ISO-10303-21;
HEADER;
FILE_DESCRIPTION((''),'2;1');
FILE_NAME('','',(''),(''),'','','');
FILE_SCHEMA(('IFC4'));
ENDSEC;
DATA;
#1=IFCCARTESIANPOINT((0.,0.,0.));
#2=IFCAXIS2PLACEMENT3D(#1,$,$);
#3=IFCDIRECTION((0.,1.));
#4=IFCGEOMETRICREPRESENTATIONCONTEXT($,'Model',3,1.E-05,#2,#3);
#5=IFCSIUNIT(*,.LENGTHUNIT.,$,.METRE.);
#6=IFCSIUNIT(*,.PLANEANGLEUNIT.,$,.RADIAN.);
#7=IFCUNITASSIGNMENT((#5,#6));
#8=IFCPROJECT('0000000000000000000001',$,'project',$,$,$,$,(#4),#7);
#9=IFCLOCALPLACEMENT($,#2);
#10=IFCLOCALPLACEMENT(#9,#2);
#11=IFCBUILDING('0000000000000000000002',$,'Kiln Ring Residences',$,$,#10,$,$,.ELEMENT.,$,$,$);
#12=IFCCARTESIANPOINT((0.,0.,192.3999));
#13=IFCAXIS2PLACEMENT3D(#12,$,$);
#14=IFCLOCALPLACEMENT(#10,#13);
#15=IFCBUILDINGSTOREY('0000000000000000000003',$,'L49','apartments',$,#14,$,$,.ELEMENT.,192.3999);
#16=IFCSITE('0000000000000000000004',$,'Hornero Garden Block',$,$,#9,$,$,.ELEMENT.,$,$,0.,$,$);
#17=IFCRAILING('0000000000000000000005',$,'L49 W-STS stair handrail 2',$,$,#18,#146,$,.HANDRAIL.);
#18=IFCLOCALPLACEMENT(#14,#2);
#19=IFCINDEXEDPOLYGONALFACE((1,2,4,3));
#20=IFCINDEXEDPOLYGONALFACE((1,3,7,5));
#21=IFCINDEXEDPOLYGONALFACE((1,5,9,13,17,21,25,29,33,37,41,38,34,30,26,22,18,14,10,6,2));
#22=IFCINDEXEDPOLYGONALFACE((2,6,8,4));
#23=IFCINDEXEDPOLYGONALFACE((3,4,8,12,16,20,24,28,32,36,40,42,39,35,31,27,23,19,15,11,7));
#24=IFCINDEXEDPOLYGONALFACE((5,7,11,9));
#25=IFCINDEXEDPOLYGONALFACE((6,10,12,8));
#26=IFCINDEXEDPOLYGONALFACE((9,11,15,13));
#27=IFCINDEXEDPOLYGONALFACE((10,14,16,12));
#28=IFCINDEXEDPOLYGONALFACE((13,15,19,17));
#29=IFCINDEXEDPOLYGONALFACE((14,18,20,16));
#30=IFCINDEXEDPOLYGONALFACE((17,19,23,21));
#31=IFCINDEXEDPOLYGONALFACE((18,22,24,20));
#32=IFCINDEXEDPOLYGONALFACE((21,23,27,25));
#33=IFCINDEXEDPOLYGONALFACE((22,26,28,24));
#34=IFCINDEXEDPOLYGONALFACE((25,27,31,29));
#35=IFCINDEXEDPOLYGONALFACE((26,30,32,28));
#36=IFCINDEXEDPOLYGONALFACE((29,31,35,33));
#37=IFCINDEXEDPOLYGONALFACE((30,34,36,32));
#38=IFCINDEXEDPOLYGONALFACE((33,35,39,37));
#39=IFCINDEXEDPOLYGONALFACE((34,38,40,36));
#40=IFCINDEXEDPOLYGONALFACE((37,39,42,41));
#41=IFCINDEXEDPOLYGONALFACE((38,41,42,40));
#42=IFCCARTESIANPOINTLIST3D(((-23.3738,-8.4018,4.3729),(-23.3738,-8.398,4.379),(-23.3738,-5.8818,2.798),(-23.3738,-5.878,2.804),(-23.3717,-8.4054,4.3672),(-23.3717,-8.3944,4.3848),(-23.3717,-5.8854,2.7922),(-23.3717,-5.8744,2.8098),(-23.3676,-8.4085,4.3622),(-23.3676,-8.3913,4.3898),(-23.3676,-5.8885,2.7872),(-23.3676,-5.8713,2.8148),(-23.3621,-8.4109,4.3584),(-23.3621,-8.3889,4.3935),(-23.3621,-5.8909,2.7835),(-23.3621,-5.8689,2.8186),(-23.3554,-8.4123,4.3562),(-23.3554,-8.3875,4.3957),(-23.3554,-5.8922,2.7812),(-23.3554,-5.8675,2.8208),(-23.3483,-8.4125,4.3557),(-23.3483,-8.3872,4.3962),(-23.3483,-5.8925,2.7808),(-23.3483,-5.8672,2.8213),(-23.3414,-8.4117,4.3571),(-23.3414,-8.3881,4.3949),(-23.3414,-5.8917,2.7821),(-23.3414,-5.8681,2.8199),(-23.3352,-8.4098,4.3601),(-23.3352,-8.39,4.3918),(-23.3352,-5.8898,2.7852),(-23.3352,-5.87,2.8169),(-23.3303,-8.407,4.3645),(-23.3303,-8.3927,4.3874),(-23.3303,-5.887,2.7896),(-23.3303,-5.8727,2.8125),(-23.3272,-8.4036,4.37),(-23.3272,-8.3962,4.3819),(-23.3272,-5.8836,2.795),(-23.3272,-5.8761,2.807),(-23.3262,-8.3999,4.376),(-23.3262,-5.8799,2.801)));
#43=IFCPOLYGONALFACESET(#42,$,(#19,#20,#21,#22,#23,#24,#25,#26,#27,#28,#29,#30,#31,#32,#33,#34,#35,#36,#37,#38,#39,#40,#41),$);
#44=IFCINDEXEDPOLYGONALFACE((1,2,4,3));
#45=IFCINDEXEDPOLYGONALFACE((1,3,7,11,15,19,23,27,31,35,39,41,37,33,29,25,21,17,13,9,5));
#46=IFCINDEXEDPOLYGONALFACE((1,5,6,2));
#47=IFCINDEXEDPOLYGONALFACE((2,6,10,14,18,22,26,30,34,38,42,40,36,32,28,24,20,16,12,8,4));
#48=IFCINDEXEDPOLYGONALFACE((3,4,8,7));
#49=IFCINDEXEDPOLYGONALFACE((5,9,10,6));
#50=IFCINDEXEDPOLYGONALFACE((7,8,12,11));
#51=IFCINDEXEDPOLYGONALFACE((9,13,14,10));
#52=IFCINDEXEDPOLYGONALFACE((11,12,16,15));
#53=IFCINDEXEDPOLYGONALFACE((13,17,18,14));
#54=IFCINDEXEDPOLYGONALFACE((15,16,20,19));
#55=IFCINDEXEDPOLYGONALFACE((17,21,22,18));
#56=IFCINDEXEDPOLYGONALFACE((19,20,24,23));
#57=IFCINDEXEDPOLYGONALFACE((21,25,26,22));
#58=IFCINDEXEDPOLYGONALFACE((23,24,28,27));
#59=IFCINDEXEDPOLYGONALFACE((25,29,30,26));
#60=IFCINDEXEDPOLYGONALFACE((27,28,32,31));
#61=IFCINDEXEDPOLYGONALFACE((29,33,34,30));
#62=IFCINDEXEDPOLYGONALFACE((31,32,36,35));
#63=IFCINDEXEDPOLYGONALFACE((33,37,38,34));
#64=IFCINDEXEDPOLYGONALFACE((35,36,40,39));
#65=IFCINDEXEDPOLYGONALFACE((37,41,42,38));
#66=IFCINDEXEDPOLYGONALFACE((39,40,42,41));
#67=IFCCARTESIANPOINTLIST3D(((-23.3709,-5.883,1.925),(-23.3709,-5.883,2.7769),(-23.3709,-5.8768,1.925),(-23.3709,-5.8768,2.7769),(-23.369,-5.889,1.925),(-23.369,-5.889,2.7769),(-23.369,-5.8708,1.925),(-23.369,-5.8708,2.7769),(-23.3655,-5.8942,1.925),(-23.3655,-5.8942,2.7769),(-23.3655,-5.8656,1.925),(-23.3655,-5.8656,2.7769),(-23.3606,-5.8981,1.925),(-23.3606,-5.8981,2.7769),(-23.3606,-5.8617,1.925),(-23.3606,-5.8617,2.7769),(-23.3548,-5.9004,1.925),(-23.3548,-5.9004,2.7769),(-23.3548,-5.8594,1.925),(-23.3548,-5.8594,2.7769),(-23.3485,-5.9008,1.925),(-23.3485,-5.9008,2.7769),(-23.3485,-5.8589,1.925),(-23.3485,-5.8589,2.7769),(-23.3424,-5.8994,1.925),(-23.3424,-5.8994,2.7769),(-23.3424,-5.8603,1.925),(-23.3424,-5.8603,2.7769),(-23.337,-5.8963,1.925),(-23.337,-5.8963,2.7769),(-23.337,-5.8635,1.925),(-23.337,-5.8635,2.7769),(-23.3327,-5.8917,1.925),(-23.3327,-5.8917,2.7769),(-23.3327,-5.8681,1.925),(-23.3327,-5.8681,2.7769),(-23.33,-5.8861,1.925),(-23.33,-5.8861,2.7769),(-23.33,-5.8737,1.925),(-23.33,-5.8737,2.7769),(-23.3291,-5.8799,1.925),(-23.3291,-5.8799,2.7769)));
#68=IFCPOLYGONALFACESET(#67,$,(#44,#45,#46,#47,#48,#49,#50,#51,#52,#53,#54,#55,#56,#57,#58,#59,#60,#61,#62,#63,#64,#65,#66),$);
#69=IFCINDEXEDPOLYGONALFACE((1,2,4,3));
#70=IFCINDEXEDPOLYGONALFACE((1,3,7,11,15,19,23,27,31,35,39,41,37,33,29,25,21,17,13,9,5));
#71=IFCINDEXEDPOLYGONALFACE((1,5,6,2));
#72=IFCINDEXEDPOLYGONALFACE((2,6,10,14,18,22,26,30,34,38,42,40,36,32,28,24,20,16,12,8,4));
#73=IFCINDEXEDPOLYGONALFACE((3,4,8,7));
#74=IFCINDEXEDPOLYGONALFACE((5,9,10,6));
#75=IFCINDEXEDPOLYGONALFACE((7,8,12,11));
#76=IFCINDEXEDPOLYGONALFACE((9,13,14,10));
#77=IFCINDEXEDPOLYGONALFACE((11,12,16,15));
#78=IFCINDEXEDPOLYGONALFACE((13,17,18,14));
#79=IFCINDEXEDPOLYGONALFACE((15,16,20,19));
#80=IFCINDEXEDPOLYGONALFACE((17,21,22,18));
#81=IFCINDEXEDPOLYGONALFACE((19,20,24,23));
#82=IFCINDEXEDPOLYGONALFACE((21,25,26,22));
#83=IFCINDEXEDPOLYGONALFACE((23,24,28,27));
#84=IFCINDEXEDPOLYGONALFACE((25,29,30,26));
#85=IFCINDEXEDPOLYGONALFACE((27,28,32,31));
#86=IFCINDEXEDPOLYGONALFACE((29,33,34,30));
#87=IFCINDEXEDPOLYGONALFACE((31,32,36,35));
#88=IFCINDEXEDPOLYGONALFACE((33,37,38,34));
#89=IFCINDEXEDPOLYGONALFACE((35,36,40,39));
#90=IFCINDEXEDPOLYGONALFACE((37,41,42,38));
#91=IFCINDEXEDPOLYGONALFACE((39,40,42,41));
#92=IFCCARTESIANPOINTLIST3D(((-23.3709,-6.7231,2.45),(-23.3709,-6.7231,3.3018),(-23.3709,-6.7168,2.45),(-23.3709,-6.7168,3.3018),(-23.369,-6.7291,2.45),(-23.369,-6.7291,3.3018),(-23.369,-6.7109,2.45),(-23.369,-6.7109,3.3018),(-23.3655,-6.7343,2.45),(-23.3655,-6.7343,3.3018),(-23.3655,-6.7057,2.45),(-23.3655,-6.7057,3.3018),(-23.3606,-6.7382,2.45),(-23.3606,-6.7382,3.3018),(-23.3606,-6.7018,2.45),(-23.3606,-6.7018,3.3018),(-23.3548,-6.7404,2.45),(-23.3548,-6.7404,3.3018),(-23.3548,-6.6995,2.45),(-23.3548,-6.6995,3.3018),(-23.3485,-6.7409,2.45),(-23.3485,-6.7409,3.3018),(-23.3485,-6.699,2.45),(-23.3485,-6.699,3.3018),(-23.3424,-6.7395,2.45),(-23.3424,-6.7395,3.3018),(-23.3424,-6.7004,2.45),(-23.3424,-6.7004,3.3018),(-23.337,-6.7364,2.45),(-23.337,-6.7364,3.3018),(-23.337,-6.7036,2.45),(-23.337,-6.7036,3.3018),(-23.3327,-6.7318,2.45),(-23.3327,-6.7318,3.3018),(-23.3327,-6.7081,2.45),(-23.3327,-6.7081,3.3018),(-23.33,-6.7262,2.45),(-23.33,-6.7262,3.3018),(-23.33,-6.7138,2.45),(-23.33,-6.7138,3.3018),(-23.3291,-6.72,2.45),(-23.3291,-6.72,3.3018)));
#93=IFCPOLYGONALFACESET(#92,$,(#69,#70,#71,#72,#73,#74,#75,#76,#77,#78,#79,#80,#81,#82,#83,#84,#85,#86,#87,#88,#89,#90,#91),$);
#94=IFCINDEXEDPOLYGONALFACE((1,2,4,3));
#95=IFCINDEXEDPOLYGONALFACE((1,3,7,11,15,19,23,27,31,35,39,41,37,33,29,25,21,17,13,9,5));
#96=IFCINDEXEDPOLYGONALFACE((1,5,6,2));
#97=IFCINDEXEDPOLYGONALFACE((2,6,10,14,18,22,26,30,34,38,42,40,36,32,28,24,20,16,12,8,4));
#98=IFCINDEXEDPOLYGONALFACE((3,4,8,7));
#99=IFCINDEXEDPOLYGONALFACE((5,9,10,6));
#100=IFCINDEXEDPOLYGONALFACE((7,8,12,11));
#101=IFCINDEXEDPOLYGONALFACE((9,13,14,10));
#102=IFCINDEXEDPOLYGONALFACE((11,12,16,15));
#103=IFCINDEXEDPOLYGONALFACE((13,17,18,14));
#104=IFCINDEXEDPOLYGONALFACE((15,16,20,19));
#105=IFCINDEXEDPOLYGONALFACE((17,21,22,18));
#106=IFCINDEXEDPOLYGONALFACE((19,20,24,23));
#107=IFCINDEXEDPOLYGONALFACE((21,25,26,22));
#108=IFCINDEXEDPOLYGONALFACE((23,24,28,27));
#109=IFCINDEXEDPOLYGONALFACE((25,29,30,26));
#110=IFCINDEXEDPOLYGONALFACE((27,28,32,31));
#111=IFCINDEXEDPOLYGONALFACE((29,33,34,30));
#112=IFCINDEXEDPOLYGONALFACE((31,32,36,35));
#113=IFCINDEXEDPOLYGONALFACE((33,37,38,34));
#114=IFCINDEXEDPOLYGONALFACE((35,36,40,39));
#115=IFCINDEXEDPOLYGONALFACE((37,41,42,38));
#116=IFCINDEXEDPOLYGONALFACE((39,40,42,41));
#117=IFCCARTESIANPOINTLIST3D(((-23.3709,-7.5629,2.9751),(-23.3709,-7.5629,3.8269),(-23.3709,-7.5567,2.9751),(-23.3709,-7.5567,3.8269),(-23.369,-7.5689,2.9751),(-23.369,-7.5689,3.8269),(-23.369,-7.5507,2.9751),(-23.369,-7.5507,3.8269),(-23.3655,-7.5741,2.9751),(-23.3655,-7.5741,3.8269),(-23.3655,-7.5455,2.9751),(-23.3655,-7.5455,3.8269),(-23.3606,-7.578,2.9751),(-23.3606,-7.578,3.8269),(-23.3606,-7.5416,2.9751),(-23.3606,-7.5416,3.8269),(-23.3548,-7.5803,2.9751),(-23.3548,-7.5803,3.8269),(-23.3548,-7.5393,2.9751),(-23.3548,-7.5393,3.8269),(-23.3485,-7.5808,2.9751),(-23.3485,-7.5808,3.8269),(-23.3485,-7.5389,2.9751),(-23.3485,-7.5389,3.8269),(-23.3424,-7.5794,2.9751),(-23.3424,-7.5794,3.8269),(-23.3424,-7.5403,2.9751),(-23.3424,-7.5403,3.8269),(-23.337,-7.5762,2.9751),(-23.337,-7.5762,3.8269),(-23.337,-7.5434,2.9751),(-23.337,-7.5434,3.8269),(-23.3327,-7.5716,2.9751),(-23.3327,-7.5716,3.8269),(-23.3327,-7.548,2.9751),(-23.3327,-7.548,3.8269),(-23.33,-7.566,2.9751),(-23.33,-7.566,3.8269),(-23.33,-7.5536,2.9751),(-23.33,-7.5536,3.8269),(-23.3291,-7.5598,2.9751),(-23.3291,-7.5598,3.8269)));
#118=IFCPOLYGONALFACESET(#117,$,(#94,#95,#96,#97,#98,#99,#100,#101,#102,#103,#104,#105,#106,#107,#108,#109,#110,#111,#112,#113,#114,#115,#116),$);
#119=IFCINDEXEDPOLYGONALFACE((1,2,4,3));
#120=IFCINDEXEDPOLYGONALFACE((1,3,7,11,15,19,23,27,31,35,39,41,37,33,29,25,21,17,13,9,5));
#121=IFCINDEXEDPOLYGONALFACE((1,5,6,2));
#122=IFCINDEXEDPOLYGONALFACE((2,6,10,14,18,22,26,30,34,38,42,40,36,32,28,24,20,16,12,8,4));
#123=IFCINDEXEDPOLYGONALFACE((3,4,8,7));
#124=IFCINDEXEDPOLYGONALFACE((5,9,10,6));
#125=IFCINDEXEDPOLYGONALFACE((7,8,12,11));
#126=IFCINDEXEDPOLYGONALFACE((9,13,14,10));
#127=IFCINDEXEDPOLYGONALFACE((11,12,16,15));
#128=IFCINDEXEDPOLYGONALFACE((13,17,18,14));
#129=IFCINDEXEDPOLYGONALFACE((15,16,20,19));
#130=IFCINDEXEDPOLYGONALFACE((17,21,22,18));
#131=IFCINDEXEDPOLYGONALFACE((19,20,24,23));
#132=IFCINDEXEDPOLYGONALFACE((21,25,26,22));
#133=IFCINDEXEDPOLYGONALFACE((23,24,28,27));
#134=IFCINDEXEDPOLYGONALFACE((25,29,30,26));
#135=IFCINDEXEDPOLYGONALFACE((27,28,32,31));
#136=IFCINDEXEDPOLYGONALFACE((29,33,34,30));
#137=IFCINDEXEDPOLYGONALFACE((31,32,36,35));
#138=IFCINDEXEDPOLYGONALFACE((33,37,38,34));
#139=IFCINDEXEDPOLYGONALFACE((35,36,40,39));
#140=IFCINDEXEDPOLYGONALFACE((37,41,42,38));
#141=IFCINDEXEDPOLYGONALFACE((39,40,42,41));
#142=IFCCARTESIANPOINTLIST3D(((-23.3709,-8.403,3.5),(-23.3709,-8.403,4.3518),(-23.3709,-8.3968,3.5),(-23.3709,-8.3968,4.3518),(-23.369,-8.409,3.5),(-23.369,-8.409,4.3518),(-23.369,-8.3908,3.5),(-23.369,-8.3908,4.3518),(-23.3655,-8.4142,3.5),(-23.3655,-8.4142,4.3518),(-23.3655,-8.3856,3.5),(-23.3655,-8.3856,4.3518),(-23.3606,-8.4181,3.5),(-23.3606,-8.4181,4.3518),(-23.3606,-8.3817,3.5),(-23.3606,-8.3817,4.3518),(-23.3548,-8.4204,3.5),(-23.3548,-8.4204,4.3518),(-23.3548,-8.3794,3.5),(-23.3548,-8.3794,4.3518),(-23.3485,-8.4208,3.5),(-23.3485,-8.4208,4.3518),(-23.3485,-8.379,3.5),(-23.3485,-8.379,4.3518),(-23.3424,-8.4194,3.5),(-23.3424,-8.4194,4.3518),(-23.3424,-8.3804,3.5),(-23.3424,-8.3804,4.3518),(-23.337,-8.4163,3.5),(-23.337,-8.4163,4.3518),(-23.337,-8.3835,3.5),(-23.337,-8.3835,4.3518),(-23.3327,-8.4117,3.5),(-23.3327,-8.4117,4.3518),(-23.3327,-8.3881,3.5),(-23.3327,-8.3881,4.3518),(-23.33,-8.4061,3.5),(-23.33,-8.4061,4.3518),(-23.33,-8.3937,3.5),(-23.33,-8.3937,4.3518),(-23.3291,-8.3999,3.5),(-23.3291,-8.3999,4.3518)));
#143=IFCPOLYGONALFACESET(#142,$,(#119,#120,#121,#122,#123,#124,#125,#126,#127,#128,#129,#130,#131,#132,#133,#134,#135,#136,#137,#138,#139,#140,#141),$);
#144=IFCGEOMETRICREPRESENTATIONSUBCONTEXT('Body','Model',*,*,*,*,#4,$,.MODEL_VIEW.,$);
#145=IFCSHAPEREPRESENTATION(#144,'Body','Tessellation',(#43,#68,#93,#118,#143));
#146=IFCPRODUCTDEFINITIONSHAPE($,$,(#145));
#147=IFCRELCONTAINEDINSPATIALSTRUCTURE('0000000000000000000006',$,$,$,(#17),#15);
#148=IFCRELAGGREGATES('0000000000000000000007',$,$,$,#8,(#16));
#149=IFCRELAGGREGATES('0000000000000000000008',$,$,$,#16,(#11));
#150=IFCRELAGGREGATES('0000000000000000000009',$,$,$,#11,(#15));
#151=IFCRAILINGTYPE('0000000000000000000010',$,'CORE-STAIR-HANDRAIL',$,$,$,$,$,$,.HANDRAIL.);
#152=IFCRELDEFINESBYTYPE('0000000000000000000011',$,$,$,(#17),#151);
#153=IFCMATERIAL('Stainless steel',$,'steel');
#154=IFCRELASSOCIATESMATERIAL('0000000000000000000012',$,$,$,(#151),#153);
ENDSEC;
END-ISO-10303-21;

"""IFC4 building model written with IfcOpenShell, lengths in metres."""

from ifc_helpers import new_model, si_unit, direction, frame, origin, origin_2d, place, context, subcontext, project, spatial, circle, extrude, material, type_object, element, save


model = new_model("IFC4")

# Units and contexts
model_context = context("Model", 3, precision=1e-05, world=origin(), true_north=direction((0.0, 1.0)))
body_context = subcontext(model_context, "Body", "Model", "MODEL_VIEW")
ifc_project = project(units=[si_unit("LENGTHUNIT", "METRE"), si_unit("PLANEANGLEUNIT", "RADIAN")], contexts=[model_context])

# Site, building, storey
site_placement = place(None, origin())
site = spatial("IfcSite", under=ifc_project, at=site_placement, Name="Hornero Garden Block", CompositionType="ELEMENT", RefElevation=0.0)
building_placement = place(site_placement, origin())
building = spatial("IfcBuilding", under=site, at=building_placement, Name="Kiln Ring Residences", CompositionType="ELEMENT")
storey_placement = place(building_placement, frame((0.0, 0.0, 192.3999)))
storey = spatial("IfcBuildingStorey", under=building, at=storey_placement, Name="L49", Description="apartments", CompositionType="ELEMENT", Elevation=192.3999)

# Railing
ifc_material_1 = material(Name="Stainless steel", Category="steel")
railing_type_1 = type_object("IfcRailingType", Name="CORE-STAIR-HANDRAIL", PredefinedType="HANDRAIL", material=ifc_material_1)
railing_1_placement = place(storey_placement, frame((-23.3501, -5.8799, 1.925)))
element("IfcRailing", 1, at=railing_1_placement, inside=storey, type_object=railing_type_1, Name="L49 W-STS stair handrail 2", PredefinedType="HANDRAIL", context=body_context, shape_type="SweptSolid", body=[
    extrude(circle(Radius=0.0239, at=origin_2d()), frame((0.0, 0.0, 0.876), z_axis=(0.0, -0.848008, 0.529984), x_axis=(1.0, 0.0, 0.0)), (0.0, 0.0, 1.0), 2.9717),
    extrude(circle(Radius=0.021, at=origin_2d()), origin(), (0.0, 0.0, 1.0), 0.8518),
    extrude(circle(Radius=0.021, at=origin_2d()), frame((0.0, -0.8401, 0.5249)), (0.0, 0.0, 1.0), 0.8518),
    extrude(circle(Radius=0.021, at=origin_2d()), frame((0.0, -1.6799, 1.05)), (0.0, 0.0, 1.0), 0.8518),
    extrude(circle(Radius=0.021, at=origin_2d()), frame((0.0, -2.52, 1.575)), (0.0, 0.0, 1.0), 0.8518),
])

save(model, "model.ifc")
